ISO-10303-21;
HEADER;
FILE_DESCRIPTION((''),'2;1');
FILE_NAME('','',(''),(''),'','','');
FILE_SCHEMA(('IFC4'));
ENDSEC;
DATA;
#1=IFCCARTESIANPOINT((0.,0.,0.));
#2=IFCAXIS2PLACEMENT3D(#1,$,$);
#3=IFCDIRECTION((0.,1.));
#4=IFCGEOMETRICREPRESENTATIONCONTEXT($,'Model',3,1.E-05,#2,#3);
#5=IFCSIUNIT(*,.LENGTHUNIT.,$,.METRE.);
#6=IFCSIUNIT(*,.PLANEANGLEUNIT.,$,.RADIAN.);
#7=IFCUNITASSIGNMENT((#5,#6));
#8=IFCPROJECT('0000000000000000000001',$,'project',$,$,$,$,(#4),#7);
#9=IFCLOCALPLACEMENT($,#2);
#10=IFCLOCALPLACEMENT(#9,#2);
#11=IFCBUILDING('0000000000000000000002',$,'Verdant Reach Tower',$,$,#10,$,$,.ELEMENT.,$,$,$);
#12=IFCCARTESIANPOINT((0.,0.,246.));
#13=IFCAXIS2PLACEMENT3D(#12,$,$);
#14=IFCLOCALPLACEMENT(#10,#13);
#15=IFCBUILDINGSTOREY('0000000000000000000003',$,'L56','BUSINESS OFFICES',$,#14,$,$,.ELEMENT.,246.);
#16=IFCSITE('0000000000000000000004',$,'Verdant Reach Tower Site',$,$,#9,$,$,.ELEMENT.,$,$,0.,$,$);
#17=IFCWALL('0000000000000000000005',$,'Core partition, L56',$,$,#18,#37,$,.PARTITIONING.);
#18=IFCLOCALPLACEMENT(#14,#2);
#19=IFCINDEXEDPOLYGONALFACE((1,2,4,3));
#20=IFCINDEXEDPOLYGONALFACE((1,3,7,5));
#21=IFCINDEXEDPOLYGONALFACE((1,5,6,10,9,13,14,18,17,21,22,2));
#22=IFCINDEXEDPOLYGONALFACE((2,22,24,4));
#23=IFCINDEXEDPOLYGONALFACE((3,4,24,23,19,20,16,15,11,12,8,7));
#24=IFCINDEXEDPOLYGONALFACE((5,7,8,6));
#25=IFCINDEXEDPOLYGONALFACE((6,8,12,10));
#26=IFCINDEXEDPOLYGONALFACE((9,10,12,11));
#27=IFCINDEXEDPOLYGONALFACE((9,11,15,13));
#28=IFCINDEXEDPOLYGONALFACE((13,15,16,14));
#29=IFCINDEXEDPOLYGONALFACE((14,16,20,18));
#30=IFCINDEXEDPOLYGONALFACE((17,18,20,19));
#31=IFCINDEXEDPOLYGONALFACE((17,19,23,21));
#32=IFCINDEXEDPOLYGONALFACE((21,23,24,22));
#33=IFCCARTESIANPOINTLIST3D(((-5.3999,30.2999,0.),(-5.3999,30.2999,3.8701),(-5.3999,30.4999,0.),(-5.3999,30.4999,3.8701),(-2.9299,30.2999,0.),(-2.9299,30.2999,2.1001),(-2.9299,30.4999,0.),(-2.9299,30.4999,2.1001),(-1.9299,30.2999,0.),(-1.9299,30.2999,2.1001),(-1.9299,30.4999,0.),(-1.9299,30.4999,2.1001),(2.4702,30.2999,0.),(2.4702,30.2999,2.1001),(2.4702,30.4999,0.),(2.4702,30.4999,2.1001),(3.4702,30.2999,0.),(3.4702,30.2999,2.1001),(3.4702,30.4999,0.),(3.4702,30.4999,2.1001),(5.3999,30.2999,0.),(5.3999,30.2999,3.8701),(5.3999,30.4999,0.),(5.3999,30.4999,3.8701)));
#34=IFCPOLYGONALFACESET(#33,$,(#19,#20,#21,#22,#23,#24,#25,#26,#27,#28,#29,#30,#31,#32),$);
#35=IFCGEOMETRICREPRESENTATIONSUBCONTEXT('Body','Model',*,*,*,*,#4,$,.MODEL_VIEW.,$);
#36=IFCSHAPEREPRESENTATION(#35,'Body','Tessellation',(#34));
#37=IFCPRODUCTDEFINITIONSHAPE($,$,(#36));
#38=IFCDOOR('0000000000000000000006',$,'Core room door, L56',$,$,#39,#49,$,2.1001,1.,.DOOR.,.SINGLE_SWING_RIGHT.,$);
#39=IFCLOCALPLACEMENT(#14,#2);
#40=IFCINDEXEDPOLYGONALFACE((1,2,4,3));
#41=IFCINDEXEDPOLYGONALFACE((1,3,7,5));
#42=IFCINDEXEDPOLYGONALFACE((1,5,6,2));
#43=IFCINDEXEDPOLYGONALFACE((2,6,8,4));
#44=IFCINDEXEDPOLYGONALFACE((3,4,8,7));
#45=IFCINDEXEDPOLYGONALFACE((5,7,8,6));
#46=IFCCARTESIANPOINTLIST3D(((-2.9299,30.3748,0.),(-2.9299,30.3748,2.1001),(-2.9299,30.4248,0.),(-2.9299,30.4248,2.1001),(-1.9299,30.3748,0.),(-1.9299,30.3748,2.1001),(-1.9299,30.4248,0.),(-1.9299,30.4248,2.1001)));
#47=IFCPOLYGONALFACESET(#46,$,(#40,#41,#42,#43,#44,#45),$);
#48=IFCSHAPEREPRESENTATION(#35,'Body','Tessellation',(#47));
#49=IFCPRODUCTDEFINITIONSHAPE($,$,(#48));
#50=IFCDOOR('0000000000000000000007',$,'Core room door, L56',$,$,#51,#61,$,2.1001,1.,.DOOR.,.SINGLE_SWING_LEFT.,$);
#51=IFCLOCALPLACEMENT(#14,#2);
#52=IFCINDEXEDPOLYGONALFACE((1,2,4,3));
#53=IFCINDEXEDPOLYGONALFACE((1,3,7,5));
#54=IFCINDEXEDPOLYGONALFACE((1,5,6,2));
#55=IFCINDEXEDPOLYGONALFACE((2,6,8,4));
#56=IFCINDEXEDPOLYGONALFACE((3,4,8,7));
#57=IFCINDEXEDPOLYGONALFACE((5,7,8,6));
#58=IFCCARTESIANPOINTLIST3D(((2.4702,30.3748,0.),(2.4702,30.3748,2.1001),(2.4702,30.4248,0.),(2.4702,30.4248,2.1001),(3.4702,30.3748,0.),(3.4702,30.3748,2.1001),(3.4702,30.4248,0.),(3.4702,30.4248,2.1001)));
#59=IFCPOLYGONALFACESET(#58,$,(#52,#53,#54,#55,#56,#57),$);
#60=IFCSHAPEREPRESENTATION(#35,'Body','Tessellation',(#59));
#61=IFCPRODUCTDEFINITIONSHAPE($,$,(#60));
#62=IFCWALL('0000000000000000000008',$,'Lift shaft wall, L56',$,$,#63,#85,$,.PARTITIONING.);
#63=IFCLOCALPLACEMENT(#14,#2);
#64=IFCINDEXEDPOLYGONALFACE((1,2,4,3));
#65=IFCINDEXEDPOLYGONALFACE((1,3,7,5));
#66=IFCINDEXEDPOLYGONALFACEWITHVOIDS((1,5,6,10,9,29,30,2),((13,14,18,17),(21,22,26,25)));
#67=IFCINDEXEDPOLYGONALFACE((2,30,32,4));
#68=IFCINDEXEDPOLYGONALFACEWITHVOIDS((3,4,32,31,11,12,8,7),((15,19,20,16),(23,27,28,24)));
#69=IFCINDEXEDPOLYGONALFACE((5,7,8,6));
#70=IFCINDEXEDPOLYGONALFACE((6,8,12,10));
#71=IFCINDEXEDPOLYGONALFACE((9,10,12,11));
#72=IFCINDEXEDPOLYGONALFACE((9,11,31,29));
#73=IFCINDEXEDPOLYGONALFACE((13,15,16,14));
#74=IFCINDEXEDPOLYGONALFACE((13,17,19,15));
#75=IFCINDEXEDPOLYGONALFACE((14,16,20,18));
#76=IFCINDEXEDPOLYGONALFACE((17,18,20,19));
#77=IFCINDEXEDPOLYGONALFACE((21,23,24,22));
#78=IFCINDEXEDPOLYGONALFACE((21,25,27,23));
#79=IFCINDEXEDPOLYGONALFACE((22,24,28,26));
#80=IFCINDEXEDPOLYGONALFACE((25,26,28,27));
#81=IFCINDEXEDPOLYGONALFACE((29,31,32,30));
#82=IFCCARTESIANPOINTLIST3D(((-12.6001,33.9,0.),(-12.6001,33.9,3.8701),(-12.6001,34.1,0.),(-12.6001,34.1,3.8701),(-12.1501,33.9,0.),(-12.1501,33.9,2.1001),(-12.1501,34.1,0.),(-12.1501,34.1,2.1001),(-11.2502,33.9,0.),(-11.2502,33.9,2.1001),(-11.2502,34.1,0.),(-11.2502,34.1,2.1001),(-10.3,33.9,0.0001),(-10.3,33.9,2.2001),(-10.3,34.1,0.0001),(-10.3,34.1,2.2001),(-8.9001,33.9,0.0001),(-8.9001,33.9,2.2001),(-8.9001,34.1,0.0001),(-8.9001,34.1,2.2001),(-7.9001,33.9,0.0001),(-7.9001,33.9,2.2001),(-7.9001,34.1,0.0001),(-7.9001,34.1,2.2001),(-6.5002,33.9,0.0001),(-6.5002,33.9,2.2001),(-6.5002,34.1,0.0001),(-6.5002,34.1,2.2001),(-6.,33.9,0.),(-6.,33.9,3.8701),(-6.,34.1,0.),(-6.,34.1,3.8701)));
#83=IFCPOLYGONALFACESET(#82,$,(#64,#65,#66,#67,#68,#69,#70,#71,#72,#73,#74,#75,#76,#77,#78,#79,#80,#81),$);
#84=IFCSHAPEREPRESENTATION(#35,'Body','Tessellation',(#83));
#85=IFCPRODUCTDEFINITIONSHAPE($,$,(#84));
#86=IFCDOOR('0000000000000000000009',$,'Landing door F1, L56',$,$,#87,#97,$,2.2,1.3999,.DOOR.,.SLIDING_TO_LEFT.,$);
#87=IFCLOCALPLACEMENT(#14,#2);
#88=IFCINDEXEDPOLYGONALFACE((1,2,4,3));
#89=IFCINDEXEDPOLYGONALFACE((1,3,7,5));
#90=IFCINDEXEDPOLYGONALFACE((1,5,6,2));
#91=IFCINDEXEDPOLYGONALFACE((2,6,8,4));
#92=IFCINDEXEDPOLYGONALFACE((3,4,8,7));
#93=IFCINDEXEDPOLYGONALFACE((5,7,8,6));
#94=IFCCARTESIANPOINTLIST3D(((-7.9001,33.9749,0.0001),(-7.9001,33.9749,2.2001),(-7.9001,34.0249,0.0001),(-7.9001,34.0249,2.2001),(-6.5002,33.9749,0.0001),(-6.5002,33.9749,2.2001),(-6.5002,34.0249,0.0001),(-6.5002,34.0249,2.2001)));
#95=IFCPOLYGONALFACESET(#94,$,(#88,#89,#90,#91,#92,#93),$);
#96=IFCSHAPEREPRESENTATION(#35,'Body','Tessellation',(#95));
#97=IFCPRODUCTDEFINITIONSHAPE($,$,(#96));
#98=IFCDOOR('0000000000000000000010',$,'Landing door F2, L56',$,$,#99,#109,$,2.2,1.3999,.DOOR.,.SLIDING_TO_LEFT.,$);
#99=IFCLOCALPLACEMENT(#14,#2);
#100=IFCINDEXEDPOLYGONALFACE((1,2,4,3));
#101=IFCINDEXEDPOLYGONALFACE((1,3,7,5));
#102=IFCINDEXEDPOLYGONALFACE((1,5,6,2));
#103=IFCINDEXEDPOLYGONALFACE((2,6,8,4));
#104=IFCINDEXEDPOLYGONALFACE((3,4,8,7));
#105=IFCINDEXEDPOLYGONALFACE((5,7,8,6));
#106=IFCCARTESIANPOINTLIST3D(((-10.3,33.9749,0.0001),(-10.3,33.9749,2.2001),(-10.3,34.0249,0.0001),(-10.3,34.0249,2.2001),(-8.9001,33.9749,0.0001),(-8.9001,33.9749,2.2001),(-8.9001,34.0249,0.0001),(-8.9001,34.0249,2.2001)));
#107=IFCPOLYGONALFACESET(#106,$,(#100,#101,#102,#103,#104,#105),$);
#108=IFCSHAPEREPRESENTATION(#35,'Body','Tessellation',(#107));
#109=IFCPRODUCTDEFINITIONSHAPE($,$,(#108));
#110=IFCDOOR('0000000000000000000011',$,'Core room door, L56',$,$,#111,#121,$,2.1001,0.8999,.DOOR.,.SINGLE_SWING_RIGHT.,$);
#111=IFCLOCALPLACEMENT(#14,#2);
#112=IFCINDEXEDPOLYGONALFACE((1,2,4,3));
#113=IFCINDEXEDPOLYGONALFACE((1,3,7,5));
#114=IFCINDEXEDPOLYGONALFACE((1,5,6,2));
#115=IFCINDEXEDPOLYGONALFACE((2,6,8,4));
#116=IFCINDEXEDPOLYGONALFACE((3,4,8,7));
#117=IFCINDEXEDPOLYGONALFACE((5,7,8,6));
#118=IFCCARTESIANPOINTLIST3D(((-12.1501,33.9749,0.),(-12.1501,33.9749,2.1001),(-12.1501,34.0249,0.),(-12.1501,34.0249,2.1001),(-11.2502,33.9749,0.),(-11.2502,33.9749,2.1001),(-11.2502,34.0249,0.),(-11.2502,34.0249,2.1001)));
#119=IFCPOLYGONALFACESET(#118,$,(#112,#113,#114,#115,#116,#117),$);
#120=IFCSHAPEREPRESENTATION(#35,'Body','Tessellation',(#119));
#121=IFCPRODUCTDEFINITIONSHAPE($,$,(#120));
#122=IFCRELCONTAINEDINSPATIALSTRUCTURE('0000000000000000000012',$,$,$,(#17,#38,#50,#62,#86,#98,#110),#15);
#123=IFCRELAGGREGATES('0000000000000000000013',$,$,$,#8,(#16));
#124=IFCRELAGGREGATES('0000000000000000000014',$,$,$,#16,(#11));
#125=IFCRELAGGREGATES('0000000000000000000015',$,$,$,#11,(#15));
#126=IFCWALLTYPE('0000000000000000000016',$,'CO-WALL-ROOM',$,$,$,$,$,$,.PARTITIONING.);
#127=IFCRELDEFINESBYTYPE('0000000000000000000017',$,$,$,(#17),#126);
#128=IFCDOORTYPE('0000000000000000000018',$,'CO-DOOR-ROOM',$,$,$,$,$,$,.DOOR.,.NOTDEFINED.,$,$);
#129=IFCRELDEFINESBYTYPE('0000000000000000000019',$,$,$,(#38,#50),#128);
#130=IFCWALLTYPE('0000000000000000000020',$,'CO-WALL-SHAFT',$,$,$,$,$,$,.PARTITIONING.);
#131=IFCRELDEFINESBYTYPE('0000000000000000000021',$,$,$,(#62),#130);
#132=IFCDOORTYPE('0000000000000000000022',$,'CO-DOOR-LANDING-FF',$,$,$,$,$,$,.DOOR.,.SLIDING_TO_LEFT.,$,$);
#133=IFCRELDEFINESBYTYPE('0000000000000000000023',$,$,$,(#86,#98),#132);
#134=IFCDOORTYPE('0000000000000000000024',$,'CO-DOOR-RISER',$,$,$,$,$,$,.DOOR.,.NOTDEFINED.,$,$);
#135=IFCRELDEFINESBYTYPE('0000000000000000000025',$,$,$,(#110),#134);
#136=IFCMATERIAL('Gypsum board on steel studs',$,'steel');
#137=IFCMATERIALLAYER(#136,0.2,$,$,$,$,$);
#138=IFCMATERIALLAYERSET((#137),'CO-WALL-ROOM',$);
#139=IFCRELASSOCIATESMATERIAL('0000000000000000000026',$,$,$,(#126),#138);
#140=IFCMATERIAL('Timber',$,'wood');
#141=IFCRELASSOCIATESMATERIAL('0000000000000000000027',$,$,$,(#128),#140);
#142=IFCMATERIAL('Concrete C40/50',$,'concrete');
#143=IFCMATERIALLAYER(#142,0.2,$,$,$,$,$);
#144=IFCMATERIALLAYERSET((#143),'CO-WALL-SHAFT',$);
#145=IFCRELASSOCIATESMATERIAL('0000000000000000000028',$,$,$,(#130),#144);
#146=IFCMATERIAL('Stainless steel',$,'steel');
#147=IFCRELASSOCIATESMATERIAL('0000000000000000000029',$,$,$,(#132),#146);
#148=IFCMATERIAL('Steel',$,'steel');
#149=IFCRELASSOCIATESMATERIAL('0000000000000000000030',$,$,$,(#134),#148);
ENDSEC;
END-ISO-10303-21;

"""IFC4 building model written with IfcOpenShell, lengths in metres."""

from ifc_helpers import new_model, si_unit, direction, frame, frame_2d, origin, place, context, subcontext, project, spatial, rectangle, extrude, material, layer, layer_set, type_object, element, fill, save


model = new_model("IFC4")

# Units and contexts
model_context = context("Model", 3, precision=1e-05, world=origin(), true_north=direction((0.0, 1.0)))
body_context = subcontext(model_context, "Body", "Model", "MODEL_VIEW")
ifc_project = project(units=[si_unit("LENGTHUNIT", "METRE"), si_unit("PLANEANGLEUNIT", "RADIAN")], contexts=[model_context])

# Site, building, storey
site_placement = place(None, origin())
site = spatial("IfcSite", under=ifc_project, at=site_placement, Name="Verdant Reach Tower Site", CompositionType="ELEMENT", RefElevation=0.0)
building_placement = place(site_placement, origin())
building = spatial("IfcBuilding", under=site, at=building_placement, Name="Verdant Reach Tower", CompositionType="ELEMENT")
storey_placement = place(building_placement, frame((0.0, 0.0, 246.0)))
storey = spatial("IfcBuildingStorey", under=building, at=storey_placement, Name="L56", Description="BUSINESS OFFICES", CompositionType="ELEMENT", Elevation=246.0)

# Walls, openings, doors
ifc_material_1 = material(Name="Gypsum board on steel studs", Category="steel")
ifc_layer_1 = layer(ifc_material_1, 0.2)
ifc_layer_set_1 = layer_set([ifc_layer_1], Name="CO-WALL-ROOM")
wall_type_1 = type_object("IfcWallType", Name="CO-WALL-ROOM", PredefinedType="PARTITIONING", material=ifc_layer_set_1)
wall_1_placement = place(storey_placement, frame((-5.3999, 30.3999, 0.0), z_axis=(0.0, 0.0, 1.0), x_axis=(1.0, 0.0, 0.0)))
wall_1 = element("IfcWall", 1, at=wall_1_placement, inside=storey, type_object=wall_type_1, Name="Core partition, L56", PredefinedType="PARTITIONING", context=body_context, shape_type="SweptSolid", body=[
    extrude(rectangle(XDim=10.7998, YDim=0.2, at=frame_2d((5.3999, 0.0))), origin(), (0.0, 0.0, 1.0), 3.8701),
])
opening_1_placement = place(wall_1_placement, frame((2.47, 0.0, 0.0)))
opening_1 = element("IfcOpeningElement", 2, at=opening_1_placement, cuts=wall_1, PredefinedType="OPENING", context=body_context, shape_type="SweptSolid", body=[
    extrude(rectangle(XDim=1.0, YDim=2.1001, at=frame_2d((0.5, 1.05))), frame((0.0, 0.1099, 0.0), z_axis=(0.0, -1.0, 0.0), x_axis=(1.0, 0.0, 0.0)), (0.0, 0.0, 1.0), 0.22),
])
opening_2_placement = place(wall_1_placement, frame((7.8701, 0.0, 0.0)))
opening_2 = element("IfcOpeningElement", 3, at=opening_2_placement, cuts=wall_1, PredefinedType="OPENING", context=body_context, shape_type="SweptSolid", body=[
    extrude(rectangle(XDim=1.0, YDim=2.1001, at=frame_2d((0.5, 1.05))), frame((0.0, 0.1099, 0.0), z_axis=(0.0, -1.0, 0.0), x_axis=(1.0, 0.0, 0.0)), (0.0, 0.0, 1.0), 0.22),
])
ifc_material_2 = material(Name="Timber", Category="wood")
door_type_1 = type_object("IfcDoorType", Name="CO-DOOR-ROOM", OperationType="NOTDEFINED", PredefinedType="DOOR", material=ifc_material_2)
door_1_placement = place(opening_1_placement, origin())
door_1 = element("IfcDoor", 4, at=door_1_placement, inside=storey, type_object=door_type_1, Name="Core room door, L56", OperationType="SINGLE_SWING_RIGHT", OverallHeight=2.1001, OverallWidth=1.0, PredefinedType="DOOR", context=body_context, shape_type="SweptSolid", body=[
    extrude(rectangle(XDim=1.0, YDim=2.1001, at=frame_2d((0.5, 1.05))), frame((0.0, 0.0249, 0.0), z_axis=(0.0, -1.0, 0.0), x_axis=(1.0, 0.0, 0.0)), (0.0, 0.0, 1.0), 0.05),
])
fill(opening_1, door_1)
door_2_placement = place(opening_2_placement, origin())
door_2 = element("IfcDoor", 5, at=door_2_placement, inside=storey, type_object=door_type_1, Name="Core room door, L56", OperationType="SINGLE_SWING_LEFT", OverallHeight=2.1001, OverallWidth=1.0, PredefinedType="DOOR", context=body_context, shape_type="SweptSolid", body=[
    extrude(rectangle(XDim=1.0, YDim=2.1001, at=frame_2d((0.5, 1.05))), frame((0.0, 0.0249, 0.0), z_axis=(0.0, -1.0, 0.0), x_axis=(1.0, 0.0, 0.0)), (0.0, 0.0, 1.0), 0.05),
])
fill(opening_2, door_2)
ifc_material_3 = material(Name="Concrete C40/50", Category="concrete")
ifc_layer_2 = layer(ifc_material_3, 0.2)
ifc_layer_set_2 = layer_set([ifc_layer_2], Name="CO-WALL-SHAFT")
wall_type_2 = type_object("IfcWallType", Name="CO-WALL-SHAFT", PredefinedType="PARTITIONING", material=ifc_layer_set_2)
wall_2_placement = place(storey_placement, frame((-12.6001, 34.0, 0.0), z_axis=(0.0, 0.0, 1.0), x_axis=(1.0, 0.0, 0.0)))
wall_2 = element("IfcWall", 6, at=wall_2_placement, inside=storey, type_object=wall_type_2, Name="Lift shaft wall, L56", PredefinedType="PARTITIONING", context=body_context, shape_type="SweptSolid", body=[
    extrude(rectangle(XDim=6.6001, YDim=0.2, at=frame_2d((3.3, 0.0))), origin(), (0.0, 0.0, 1.0), 3.8701),
])
opening_3_placement = place(wall_2_placement, frame((4.7, 0.0, 0.0)))
opening_3 = element("IfcOpeningElement", 7, at=opening_3_placement, cuts=wall_2, PredefinedType="OPENING", context=body_context, shape_type="SweptSolid", body=[
    extrude(rectangle(XDim=1.3999, YDim=2.2, at=frame_2d((0.7, 1.1001))), frame((0.0, 0.1099, 0.0), z_axis=(0.0, -1.0, 0.0), x_axis=(1.0, 0.0, 0.0)), (0.0, 0.0, 1.0), 0.22),
])
opening_4_placement = place(wall_2_placement, frame((2.3, 0.0, 0.0)))
opening_4 = element("IfcOpeningElement", 8, at=opening_4_placement, cuts=wall_2, PredefinedType="OPENING", context=body_context, shape_type="SweptSolid", body=[
    extrude(rectangle(XDim=1.3999, YDim=2.2, at=frame_2d((0.7, 1.1001))), frame((0.0, 0.1099, 0.0), z_axis=(0.0, -1.0, 0.0), x_axis=(1.0, 0.0, 0.0)), (0.0, 0.0, 1.0), 0.22),
])
opening_5_placement = place(wall_2_placement, frame((0.45, 0.0, 0.0)))
opening_5 = element("IfcOpeningElement", 9, at=opening_5_placement, cuts=wall_2, PredefinedType="OPENING", context=body_context, shape_type="SweptSolid", body=[
    extrude(rectangle(XDim=0.8999, YDim=2.1001, at=frame_2d((0.45, 1.05))), frame((0.0, 0.1099, 0.0), z_axis=(0.0, -1.0, 0.0), x_axis=(1.0, 0.0, 0.0)), (0.0, 0.0, 1.0), 0.22),
])
ifc_material_4 = material(Name="Stainless steel", Category="steel")
door_type_2 = type_object("IfcDoorType", Name="CO-DOOR-LANDING-FF", OperationType="SLIDING_TO_LEFT", PredefinedType="DOOR", material=ifc_material_4)
door_3_placement = place(opening_3_placement, origin())
door_3 = element("IfcDoor", 10, at=door_3_placement, inside=storey, type_object=door_type_2, Name="Landing door F1, L56", OperationType="SLIDING_TO_LEFT", OverallHeight=2.2, OverallWidth=1.3999, PredefinedType="DOOR", context=body_context, shape_type="SweptSolid", body=[
    extrude(rectangle(XDim=1.3999, YDim=2.2, at=frame_2d((0.7, 1.1001))), frame((0.0, 0.0249, 0.0), z_axis=(0.0, -1.0, 0.0), x_axis=(1.0, 0.0, 0.0)), (0.0, 0.0, 1.0), 0.05),
])
fill(opening_3, door_3)
door_4_placement = place(opening_4_placement, origin())
door_4 = element("IfcDoor", 11, at=door_4_placement, inside=storey, type_object=door_type_2, Name="Landing door F2, L56", OperationType="SLIDING_TO_LEFT", OverallHeight=2.2, OverallWidth=1.3999, PredefinedType="DOOR", context=body_context, shape_type="SweptSolid", body=[
    extrude(rectangle(XDim=1.3999, YDim=2.2, at=frame_2d((0.7, 1.1001))), frame((0.0, 0.0249, 0.0), z_axis=(0.0, -1.0, 0.0), x_axis=(1.0, 0.0, 0.0)), (0.0, 0.0, 1.0), 0.05),
])
fill(opening_4, door_4)
ifc_material_5 = material(Name="Steel", Category="steel")
door_type_3 = type_object("IfcDoorType", Name="CO-DOOR-RISER", OperationType="NOTDEFINED", PredefinedType="DOOR", material=ifc_material_5)
door_5_placement = place(opening_5_placement, origin())
door_5 = element("IfcDoor", 12, at=door_5_placement, inside=storey, type_object=door_type_3, Name="Core room door, L56", OperationType="SINGLE_SWING_RIGHT", OverallHeight=2.1001, OverallWidth=0.8999, PredefinedType="DOOR", context=body_context, shape_type="SweptSolid", body=[
    extrude(rectangle(XDim=0.8999, YDim=2.1001, at=frame_2d((0.45, 1.05))), frame((0.0, 0.0249, 0.0), z_axis=(0.0, -1.0, 0.0), x_axis=(1.0, 0.0, 0.0)), (0.0, 0.0, 1.0), 0.05),
])
fill(opening_5, door_5)

save(model, "model.ifc")
